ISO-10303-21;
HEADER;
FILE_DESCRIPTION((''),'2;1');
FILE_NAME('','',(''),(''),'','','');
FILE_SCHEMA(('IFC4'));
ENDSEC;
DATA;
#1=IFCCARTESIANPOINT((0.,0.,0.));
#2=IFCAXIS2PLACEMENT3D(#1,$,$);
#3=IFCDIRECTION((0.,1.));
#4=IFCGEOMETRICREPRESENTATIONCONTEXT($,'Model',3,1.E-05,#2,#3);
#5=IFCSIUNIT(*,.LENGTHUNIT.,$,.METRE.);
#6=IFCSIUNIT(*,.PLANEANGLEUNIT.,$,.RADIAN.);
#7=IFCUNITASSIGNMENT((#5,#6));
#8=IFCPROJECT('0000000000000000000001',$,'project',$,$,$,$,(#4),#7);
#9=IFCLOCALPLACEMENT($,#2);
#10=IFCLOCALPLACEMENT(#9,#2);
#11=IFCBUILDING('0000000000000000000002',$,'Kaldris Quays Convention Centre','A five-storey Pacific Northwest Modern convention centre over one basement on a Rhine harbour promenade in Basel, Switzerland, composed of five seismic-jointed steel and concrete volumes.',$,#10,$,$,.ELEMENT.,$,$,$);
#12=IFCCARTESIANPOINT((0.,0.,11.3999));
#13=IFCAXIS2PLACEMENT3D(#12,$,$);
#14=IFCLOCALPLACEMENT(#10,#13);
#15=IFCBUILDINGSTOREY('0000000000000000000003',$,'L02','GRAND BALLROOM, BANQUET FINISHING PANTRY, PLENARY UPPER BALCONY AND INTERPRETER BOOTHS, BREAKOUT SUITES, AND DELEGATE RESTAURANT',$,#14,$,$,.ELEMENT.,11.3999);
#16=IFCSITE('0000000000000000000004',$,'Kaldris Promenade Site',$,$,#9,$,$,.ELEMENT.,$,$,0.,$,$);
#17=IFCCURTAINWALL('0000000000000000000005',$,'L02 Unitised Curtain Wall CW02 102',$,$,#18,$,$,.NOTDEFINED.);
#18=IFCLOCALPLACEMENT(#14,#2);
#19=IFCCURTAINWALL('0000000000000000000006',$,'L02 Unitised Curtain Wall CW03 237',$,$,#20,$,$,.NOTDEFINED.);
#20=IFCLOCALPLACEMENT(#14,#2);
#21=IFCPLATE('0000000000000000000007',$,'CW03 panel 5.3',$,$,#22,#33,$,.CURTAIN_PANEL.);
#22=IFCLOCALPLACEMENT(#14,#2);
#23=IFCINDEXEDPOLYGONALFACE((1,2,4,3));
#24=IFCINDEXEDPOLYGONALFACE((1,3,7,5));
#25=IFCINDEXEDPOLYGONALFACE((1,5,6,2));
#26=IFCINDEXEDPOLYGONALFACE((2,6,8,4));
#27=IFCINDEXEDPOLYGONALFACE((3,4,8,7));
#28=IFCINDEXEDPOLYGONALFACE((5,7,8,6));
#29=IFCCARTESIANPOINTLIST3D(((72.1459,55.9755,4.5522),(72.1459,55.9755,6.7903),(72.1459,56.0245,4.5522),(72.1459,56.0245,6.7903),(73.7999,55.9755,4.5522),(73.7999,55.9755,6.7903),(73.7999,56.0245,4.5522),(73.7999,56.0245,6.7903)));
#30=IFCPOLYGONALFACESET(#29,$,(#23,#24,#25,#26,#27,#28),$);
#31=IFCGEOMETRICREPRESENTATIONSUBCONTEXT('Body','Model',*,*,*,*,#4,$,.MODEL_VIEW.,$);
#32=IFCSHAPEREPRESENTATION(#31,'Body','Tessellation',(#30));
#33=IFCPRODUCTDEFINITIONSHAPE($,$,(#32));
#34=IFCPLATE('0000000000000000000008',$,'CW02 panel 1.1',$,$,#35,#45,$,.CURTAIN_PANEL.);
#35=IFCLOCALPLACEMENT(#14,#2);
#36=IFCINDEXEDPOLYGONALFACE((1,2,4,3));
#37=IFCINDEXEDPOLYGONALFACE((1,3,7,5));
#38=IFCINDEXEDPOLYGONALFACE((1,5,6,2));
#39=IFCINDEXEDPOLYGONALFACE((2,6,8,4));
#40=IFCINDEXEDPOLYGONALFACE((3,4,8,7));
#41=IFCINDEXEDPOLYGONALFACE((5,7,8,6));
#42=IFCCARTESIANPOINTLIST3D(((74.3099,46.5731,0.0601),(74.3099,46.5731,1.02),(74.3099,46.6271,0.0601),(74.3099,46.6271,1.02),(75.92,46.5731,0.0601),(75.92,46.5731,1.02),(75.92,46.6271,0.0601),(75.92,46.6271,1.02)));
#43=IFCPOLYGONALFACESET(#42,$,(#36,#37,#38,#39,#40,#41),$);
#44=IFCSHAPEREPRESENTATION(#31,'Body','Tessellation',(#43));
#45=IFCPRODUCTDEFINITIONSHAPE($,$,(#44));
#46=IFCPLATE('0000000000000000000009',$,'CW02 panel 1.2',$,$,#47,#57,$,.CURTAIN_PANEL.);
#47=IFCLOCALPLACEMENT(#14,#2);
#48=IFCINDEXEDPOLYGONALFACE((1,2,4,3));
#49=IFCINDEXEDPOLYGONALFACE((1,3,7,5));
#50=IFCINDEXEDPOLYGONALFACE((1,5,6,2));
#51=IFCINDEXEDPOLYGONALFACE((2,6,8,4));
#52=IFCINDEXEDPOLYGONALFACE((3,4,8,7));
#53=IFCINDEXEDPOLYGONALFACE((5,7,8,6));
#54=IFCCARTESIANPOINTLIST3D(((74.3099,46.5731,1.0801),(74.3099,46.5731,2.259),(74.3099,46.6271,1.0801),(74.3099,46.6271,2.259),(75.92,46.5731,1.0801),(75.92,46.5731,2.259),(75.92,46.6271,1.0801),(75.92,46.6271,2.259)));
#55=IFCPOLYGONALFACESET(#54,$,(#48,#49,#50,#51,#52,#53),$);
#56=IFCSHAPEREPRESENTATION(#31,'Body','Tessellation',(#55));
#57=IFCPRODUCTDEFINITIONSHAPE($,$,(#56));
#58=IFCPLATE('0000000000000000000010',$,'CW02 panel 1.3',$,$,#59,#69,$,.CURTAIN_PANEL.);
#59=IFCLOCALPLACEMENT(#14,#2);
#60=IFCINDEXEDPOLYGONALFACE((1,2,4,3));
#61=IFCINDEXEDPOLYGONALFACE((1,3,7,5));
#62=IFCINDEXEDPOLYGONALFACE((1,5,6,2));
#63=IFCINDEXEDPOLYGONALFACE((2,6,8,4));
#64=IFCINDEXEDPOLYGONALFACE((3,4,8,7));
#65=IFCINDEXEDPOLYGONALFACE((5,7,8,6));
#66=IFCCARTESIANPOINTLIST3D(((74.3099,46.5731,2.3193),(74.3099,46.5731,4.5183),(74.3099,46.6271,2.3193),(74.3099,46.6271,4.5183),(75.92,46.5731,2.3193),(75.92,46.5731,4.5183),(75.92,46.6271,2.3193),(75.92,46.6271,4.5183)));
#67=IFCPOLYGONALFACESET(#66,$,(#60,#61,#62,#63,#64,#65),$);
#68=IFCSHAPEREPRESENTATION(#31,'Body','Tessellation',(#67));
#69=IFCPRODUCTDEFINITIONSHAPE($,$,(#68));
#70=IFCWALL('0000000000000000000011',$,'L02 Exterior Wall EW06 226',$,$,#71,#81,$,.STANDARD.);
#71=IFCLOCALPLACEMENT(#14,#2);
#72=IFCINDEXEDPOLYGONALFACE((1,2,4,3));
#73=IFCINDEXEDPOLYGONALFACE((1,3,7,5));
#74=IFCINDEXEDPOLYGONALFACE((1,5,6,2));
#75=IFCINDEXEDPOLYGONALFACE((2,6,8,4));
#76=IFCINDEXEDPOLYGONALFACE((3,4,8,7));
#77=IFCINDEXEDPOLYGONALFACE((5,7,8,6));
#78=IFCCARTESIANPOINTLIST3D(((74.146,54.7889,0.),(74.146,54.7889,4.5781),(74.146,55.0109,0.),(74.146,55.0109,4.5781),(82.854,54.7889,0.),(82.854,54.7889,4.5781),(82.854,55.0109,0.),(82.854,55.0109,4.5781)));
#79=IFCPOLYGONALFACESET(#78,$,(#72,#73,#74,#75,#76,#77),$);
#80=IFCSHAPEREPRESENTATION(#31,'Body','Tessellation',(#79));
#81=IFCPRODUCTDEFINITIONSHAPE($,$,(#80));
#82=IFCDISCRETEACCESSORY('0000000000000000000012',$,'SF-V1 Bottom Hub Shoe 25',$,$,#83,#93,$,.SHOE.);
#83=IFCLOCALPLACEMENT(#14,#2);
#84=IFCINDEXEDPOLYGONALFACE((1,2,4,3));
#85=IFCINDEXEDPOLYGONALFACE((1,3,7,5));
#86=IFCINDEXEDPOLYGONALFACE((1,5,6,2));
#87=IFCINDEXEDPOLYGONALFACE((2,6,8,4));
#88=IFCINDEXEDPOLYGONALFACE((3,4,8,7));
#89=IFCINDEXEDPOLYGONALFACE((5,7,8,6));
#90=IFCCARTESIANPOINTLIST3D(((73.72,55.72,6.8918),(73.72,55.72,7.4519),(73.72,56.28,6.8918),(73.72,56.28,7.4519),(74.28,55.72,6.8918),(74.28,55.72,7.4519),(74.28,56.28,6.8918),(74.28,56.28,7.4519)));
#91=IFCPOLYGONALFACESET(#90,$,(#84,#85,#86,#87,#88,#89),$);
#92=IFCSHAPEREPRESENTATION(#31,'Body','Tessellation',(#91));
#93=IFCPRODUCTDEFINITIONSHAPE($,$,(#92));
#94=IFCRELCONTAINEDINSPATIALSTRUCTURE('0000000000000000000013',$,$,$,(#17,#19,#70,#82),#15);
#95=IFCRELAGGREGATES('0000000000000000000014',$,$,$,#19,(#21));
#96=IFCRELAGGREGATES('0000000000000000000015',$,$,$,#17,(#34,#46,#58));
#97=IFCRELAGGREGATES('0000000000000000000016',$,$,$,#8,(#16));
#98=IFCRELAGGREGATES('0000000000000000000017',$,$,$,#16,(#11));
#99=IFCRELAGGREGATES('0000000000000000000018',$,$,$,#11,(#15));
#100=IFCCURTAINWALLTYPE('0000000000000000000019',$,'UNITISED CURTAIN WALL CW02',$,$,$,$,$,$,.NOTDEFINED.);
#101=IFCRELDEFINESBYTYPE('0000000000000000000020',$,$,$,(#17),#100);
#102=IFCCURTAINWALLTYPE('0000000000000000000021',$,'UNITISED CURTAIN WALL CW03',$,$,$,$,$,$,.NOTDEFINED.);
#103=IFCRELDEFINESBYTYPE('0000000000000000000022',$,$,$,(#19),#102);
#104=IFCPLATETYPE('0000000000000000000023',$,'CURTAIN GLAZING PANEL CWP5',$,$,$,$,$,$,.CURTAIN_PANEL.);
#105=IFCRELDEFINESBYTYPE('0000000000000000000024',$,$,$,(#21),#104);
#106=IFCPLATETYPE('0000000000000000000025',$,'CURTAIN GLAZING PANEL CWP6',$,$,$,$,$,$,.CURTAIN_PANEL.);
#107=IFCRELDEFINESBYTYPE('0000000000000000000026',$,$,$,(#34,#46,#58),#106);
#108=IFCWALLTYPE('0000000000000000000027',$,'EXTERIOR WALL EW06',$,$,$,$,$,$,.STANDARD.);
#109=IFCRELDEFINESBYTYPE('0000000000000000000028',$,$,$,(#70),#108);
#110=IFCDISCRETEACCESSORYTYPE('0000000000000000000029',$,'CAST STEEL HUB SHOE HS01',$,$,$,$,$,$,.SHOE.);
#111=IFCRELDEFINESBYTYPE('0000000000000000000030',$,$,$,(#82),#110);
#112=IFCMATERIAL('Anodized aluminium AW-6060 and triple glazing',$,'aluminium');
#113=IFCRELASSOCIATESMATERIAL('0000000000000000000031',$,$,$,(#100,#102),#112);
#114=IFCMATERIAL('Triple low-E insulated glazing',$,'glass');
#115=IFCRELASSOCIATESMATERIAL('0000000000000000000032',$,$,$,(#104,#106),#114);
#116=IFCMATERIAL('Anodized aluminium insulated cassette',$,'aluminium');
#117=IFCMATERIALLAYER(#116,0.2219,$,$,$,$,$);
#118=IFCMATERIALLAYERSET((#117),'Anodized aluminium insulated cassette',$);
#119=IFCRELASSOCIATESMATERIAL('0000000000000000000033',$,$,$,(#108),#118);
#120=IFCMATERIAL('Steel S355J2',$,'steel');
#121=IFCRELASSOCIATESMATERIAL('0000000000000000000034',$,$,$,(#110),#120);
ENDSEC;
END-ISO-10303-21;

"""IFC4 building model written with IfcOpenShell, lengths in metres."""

from ifc_helpers import new_model, si_unit, direction, frame, frame_2d, origin, origin_2d, place, context, subcontext, project, spatial, rectangle, extrude, material, layer, layer_set, type_object, element, aggregate, save


model = new_model("IFC4")

# Units and contexts
model_context = context("Model", 3, precision=1e-05, world=origin(), true_north=direction((0.0, 1.0)))
body_context = subcontext(model_context, "Body", "Model", "MODEL_VIEW")
ifc_project = project(units=[si_unit("LENGTHUNIT", "METRE"), si_unit("PLANEANGLEUNIT", "RADIAN")], contexts=[model_context])

# Site, building, storey
site_placement = place(None, origin())
site = spatial("IfcSite", under=ifc_project, at=site_placement, Name="Kaldris Promenade Site", CompositionType="ELEMENT", RefElevation=0.0)
building_placement = place(site_placement, origin())
building = spatial("IfcBuilding", under=site, at=building_placement, Name="Kaldris Quays Convention Centre", Description="A five-storey Pacific Northwest Modern convention centre over one basement on a Rhine harbour promenade in Basel, Switzerland, composed of five seismic-jointed steel and concrete volumes.", CompositionType="ELEMENT")
storey_placement = place(building_placement, frame((0.0, 0.0, 11.3999)))
storey = spatial("IfcBuildingStorey", under=building, at=storey_placement, Name="L02", Description="GRAND BALLROOM, BANQUET FINISHING PANTRY, PLENARY UPPER BALCONY AND INTERPRETER BOOTHS, BREAKOUT SUITES, AND DELEGATE RESTAURANT", CompositionType="ELEMENT", Elevation=11.3999)

# Shared definitions
ifc_material_1 = material(Name="Steel S355J2", Category="steel")

# Shared definitions
ifc_material_2 = material(Name="Anodized aluminium AW-6060 and triple glazing", Category="aluminium")
curtain_wall_type_1 = type_object("IfcCurtainWallType", Name="UNITISED CURTAIN WALL CW02", PredefinedType="NOTDEFINED", material=ifc_material_2)

# Curtain wall
curtain_wall_1_placement = place(storey_placement, origin())
curtain_wall_1 = element("IfcCurtainWall", 1, at=curtain_wall_1_placement, inside=storey, type_object=curtain_wall_type_1, Name="L02 Unitised Curtain Wall CW02 102", PredefinedType="NOTDEFINED")

# Curtain wall
curtain_wall_type_2 = type_object("IfcCurtainWallType", Name="UNITISED CURTAIN WALL CW03", PredefinedType="NOTDEFINED", material=ifc_material_2)
curtain_wall_2_placement = place(storey_placement, origin())
curtain_wall_2 = element("IfcCurtainWall", 2, at=curtain_wall_2_placement, inside=storey, type_object=curtain_wall_type_2, Name="L02 Unitised Curtain Wall CW03 237", PredefinedType="NOTDEFINED")

# Plates
ifc_material_3 = material(Name="Triple low-E insulated glazing", Category="glass")
plate_type_1 = type_object("IfcPlateType", Name="CURTAIN GLAZING PANEL CWP5", PredefinedType="CURTAIN_PANEL", material=ifc_material_3)
plate_1_placement = place(storey_placement, frame((72.9729, 56.0, 4.5522), z_axis=(0.0, 0.0, 1.0), x_axis=(1.0, 0.0, 0.0)))
plate_1 = element("IfcPlate", 3, at=plate_1_placement, type_object=plate_type_1, Name="CW03 panel 5.3", PredefinedType="CURTAIN_PANEL", context=body_context, shape_type="SweptSolid", body=[
    extrude(rectangle(XDim=1.6541, YDim=0.0491, at=origin_2d()), origin(), (0.0, 0.0, 1.0), 2.238),
])
aggregate(curtain_wall_2, [plate_1])
plate_type_2 = type_object("IfcPlateType", Name="CURTAIN GLAZING PANEL CWP6", PredefinedType="CURTAIN_PANEL", material=ifc_material_3)
plate_2_placement = place(storey_placement, frame((75.115, 46.6001, 0.0601), z_axis=(0.0, 0.0, 1.0), x_axis=(1.0, 0.0, 0.0)))
plate_2 = element("IfcPlate", 4, at=plate_2_placement, type_object=plate_type_2, Name="CW02 panel 1.1", PredefinedType="CURTAIN_PANEL", context=body_context, shape_type="SweptSolid", body=[
    extrude(rectangle(XDim=1.6101, YDim=0.054, at=origin_2d()), origin(), (0.0, 0.0, 1.0), 0.96),
])
plate_3_placement = place(storey_placement, frame((75.115, 46.6001, 1.0801), z_axis=(0.0, 0.0, 1.0), x_axis=(1.0, 0.0, 0.0)))
plate_3 = element("IfcPlate", 5, at=plate_3_placement, type_object=plate_type_2, Name="CW02 panel 1.2", PredefinedType="CURTAIN_PANEL", context=body_context, shape_type="SweptSolid", body=[
    extrude(rectangle(XDim=1.6101, YDim=0.054, at=origin_2d()), origin(), (0.0, 0.0, 1.0), 1.179),
])
plate_4_placement = place(storey_placement, frame((75.115, 46.6001, 2.3193), z_axis=(0.0, 0.0, 1.0), x_axis=(1.0, 0.0, 0.0)))
plate_4 = element("IfcPlate", 6, at=plate_4_placement, type_object=plate_type_2, Name="CW02 panel 1.3", PredefinedType="CURTAIN_PANEL", context=body_context, shape_type="SweptSolid", body=[
    extrude(rectangle(XDim=1.6101, YDim=0.054, at=origin_2d()), origin(), (0.0, 0.0, 1.0), 2.199),
])
aggregate(curtain_wall_1, [plate_2, plate_3, plate_4])

# Wall
ifc_material_4 = material(Name="Anodized aluminium insulated cassette", Category="aluminium")
ifc_layer = layer(ifc_material_4, 0.2219)
ifc_layer_set = layer_set([ifc_layer], Name="Anodized aluminium insulated cassette")
wall_type = type_object("IfcWallType", Name="EXTERIOR WALL EW06", PredefinedType="STANDARD", material=ifc_layer_set)
wall_placement = place(storey_placement, frame((74.146, 54.8999, 0.0), z_axis=(0.0, 0.0, 1.0), x_axis=(1.0, 0.0, 0.0)))
element("IfcWall", 7, at=wall_placement, inside=storey, type_object=wall_type, Name="L02 Exterior Wall EW06 226", PredefinedType="STANDARD", context=body_context, shape_type="SweptSolid", body=[
    extrude(rectangle(XDim=8.708, YDim=0.2219, at=frame_2d((4.354, 0.0))), origin(), (0.0, 0.0, 1.0), 4.5781),
])

# Discrete accessory
discrete_accessory_type = type_object("IfcDiscreteAccessoryType", Name="CAST STEEL HUB SHOE HS01", PredefinedType="SHOE", material=ifc_material_1)
discrete_accessory_placement = place(storey_placement, frame((74.0, 56.0, 6.8918), z_axis=(0.0, 0.0, 1.0), x_axis=(1.0, 0.0, 0.0)))
element("IfcDiscreteAccessory", 8, at=discrete_accessory_placement, inside=storey, type_object=discrete_accessory_type, Name="SF-V1 Bottom Hub Shoe 25", PredefinedType="SHOE", context=body_context, shape_type="SweptSolid", body=[
    extrude(rectangle(XDim=0.5601, YDim=0.5601, at=origin_2d()), origin(), (0.0, 0.0, 1.0), 0.5601),
])

save(model, "model.ifc")
